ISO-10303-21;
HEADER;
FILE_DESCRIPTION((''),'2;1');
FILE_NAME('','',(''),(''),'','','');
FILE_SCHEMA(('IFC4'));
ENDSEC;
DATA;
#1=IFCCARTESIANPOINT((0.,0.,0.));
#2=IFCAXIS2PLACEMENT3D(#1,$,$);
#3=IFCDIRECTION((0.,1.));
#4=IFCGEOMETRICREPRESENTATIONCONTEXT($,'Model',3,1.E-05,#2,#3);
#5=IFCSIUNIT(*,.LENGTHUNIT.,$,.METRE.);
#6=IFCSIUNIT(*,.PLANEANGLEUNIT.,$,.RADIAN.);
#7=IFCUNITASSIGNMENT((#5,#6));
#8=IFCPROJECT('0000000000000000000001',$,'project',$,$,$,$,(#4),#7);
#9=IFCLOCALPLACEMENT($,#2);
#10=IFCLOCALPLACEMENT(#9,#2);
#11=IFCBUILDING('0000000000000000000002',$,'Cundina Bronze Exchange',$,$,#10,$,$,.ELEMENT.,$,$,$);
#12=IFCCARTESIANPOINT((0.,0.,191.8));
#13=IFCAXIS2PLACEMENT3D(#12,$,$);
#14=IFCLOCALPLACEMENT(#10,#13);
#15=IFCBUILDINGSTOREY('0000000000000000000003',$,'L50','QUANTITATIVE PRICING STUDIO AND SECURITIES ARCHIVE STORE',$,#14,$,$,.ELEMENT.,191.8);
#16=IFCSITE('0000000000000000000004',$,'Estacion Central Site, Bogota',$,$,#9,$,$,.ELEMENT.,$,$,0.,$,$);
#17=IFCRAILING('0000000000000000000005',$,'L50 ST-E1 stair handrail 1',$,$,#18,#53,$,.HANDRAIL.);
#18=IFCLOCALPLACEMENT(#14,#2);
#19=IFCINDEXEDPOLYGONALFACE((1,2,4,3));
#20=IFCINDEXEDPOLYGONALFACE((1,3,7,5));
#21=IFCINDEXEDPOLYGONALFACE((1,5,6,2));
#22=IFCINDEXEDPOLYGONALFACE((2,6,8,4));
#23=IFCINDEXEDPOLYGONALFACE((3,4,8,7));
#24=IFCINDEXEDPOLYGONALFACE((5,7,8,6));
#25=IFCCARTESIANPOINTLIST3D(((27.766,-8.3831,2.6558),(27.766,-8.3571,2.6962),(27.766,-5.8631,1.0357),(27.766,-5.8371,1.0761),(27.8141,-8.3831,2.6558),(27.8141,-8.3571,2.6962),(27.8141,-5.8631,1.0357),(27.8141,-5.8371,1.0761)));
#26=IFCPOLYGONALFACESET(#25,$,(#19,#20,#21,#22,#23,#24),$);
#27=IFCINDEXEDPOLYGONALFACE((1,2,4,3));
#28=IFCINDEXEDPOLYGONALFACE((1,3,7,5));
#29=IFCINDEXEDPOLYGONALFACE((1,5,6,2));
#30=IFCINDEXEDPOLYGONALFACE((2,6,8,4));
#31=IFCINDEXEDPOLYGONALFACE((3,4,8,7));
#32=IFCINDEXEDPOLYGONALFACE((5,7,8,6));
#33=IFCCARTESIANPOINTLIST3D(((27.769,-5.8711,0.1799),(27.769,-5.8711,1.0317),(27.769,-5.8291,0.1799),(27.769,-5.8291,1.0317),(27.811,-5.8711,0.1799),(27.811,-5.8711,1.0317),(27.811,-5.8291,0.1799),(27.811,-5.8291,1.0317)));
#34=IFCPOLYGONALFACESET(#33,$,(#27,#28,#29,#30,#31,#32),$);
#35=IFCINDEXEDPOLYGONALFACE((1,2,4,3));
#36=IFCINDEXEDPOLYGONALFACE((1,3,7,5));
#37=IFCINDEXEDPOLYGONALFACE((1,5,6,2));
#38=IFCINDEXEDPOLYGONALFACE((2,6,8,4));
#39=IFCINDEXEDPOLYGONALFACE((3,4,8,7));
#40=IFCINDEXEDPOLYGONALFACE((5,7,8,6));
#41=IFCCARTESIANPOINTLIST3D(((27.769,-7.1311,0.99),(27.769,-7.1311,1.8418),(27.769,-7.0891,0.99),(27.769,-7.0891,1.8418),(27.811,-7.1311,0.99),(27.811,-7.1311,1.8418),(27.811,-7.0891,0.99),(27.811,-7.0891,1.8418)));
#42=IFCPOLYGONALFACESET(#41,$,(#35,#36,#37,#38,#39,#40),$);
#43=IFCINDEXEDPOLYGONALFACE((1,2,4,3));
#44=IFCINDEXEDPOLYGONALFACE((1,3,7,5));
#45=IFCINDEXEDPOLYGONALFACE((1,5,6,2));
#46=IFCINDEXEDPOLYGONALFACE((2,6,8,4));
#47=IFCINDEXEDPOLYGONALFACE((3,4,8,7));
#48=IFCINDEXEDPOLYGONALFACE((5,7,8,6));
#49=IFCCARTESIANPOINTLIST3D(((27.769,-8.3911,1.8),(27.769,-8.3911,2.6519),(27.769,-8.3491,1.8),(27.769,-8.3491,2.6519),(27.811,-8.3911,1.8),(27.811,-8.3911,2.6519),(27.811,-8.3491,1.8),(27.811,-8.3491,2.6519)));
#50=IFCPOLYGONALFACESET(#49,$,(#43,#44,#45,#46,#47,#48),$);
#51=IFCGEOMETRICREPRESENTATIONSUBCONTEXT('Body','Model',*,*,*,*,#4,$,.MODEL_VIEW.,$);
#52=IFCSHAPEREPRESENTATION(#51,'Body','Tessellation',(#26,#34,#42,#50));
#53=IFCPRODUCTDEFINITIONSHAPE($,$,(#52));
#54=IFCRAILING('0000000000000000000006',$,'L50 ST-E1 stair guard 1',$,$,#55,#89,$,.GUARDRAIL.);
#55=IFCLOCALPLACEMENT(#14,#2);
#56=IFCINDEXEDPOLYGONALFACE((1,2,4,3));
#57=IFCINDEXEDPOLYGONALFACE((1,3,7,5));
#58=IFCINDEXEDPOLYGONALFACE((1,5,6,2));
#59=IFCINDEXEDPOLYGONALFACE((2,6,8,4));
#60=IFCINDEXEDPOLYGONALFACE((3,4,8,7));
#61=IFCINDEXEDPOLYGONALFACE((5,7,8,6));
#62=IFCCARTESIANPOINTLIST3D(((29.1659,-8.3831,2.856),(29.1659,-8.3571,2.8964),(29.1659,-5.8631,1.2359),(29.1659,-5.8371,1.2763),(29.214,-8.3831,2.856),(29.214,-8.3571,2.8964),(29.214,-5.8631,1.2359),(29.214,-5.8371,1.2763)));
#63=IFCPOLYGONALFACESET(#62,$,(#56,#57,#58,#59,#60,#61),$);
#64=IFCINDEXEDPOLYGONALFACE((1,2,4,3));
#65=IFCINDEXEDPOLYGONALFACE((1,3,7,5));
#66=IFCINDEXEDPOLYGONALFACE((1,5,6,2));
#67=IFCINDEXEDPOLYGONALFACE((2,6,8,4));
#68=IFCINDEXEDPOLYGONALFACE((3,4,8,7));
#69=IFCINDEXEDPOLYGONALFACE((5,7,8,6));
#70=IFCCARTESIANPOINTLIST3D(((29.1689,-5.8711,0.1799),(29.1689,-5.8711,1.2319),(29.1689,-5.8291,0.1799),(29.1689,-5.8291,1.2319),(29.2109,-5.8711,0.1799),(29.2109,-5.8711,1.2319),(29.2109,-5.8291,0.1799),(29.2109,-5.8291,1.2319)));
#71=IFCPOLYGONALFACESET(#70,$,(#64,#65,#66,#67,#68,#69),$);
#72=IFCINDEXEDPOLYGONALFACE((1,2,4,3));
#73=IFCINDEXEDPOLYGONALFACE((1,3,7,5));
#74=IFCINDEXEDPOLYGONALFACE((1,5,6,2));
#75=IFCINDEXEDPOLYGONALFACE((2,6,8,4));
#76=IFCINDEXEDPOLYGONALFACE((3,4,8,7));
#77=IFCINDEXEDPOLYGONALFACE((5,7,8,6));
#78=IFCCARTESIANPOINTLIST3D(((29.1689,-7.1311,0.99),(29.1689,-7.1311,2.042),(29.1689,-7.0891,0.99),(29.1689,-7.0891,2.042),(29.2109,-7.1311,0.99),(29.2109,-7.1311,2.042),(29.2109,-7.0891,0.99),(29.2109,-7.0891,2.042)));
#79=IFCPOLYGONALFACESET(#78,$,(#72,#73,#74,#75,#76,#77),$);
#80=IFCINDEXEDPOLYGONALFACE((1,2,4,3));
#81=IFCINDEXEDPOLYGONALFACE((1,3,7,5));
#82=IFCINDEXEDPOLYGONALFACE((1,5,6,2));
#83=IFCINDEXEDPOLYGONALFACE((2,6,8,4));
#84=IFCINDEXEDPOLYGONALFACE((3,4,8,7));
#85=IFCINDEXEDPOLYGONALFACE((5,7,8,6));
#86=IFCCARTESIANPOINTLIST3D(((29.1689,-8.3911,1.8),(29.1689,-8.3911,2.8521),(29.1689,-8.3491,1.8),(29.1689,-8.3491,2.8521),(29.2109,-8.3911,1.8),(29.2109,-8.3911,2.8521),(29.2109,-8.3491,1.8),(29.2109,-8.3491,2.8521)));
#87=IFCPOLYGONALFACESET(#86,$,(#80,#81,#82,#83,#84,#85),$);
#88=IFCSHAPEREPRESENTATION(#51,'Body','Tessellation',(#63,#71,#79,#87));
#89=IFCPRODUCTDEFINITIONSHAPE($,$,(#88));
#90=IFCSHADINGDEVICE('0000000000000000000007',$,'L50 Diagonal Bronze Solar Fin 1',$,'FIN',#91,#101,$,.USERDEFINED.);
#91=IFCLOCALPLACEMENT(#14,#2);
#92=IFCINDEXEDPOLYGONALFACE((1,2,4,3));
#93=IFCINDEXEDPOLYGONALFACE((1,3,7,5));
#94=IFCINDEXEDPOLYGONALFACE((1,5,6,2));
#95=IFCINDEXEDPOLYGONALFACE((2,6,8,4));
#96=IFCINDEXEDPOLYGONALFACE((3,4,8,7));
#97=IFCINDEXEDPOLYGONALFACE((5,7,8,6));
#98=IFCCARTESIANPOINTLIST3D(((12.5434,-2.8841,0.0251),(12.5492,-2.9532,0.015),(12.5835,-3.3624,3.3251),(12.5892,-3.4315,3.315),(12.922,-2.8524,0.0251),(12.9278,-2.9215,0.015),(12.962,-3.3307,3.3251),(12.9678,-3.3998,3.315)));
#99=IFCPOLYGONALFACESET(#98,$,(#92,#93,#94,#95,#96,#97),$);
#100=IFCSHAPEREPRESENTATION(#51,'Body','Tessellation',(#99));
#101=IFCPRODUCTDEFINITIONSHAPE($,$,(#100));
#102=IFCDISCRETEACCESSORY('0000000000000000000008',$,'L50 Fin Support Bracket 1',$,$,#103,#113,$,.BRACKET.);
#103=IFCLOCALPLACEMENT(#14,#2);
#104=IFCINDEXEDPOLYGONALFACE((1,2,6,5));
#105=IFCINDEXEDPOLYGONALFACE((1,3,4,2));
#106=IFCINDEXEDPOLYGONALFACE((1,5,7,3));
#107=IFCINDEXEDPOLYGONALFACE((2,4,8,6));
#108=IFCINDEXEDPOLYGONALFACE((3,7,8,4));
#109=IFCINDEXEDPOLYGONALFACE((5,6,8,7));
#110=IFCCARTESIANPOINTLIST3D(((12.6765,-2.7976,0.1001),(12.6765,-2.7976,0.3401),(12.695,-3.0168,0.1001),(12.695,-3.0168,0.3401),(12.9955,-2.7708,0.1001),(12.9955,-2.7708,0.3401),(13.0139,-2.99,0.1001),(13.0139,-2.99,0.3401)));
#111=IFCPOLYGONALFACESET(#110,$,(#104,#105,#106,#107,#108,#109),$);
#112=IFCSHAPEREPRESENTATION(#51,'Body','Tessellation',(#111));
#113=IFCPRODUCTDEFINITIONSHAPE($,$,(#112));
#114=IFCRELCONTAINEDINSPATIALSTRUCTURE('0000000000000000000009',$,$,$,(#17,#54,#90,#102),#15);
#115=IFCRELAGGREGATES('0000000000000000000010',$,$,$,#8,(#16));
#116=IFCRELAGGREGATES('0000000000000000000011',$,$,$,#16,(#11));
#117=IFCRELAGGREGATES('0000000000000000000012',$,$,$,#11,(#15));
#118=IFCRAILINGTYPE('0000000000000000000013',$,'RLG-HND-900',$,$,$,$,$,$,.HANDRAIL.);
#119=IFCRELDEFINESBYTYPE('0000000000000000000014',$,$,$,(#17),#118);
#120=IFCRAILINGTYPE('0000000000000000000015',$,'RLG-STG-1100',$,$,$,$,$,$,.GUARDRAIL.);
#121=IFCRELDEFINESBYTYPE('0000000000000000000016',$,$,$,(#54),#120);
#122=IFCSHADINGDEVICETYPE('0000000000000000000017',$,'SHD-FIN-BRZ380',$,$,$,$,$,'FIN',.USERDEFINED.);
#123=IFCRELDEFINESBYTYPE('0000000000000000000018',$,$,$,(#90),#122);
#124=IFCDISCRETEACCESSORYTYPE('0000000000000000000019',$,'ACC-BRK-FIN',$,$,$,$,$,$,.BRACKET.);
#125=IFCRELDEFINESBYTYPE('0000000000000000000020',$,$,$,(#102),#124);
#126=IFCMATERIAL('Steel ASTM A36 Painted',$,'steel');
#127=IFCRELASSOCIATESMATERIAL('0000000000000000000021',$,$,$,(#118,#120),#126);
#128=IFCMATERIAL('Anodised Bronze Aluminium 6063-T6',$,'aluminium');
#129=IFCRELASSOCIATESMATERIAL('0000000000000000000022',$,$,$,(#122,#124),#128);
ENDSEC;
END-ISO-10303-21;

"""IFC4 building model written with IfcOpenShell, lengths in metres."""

from ifc_helpers import new_model, si_unit, direction, frame, origin, origin_2d, place, context, subcontext, project, spatial, rectangle, extrude, material, material_profile, profile_set, type_object, element, save


model = new_model("IFC4")

# Units and contexts
model_context = context("Model", 3, precision=1e-05, world=origin(), true_north=direction((0.0, 1.0)))
body_context = subcontext(model_context, "Body", "Model", "MODEL_VIEW")
ifc_project = project(units=[si_unit("LENGTHUNIT", "METRE"), si_unit("PLANEANGLEUNIT", "RADIAN")], contexts=[model_context])

# Site, building, storey
site_placement = place(None, origin())
site = spatial("IfcSite", under=ifc_project, at=site_placement, Name="Estacion Central Site, Bogota", CompositionType="ELEMENT", RefElevation=0.0)
building_placement = place(site_placement, origin())
building = spatial("IfcBuilding", under=site, at=building_placement, Name="Cundina Bronze Exchange", CompositionType="ELEMENT")
storey_placement = place(building_placement, frame((0.0, 0.0, 191.8)))
storey = spatial("IfcBuildingStorey", under=building, at=storey_placement, Name="L50", Description="QUANTITATIVE PRICING STUDIO AND SECURITIES ARCHIVE STORE", CompositionType="ELEMENT", Elevation=191.8)

# Shared definitions
ifc_material_1 = material(Name="Anodised Bronze Aluminium 6063-T6", Category="aluminium")

# Shared definitions
ifc_material_2 = material(Name="Steel ASTM A36 Painted", Category="steel")

# Railings
railing_type_1 = type_object("IfcRailingType", Name="RLG-HND-900", PredefinedType="HANDRAIL", material=ifc_material_2)
railing_1_placement = place(storey_placement, frame((27.79, -5.8501, 0.1799)))
element("IfcRailing", 1, at=railing_1_placement, inside=storey, type_object=railing_type_1, Name="L50 ST-E1 stair handrail 1", PredefinedType="HANDRAIL", context=body_context, shape_type="SweptSolid", body=[
    extrude(rectangle(XDim=0.0481, YDim=0.0481, at=origin_2d()), frame((0.0, 0.0, 0.876), z_axis=(0.0, -0.841163, 0.540782), x_axis=(1.0, 0.0, 0.0)), (0.0, 0.0, 1.0), 2.9958),
    extrude(rectangle(XDim=0.042, YDim=0.042, at=origin_2d()), origin(), (0.0, 0.0, 1.0), 0.8518),
    extrude(rectangle(XDim=0.042, YDim=0.042, at=origin_2d()), frame((0.0, -1.26, 0.8101)), (0.0, 0.0, 1.0), 0.8518),
    extrude(rectangle(XDim=0.042, YDim=0.042, at=origin_2d()), frame((0.0, -2.52, 1.6201)), (0.0, 0.0, 1.0), 0.8518),
])
railing_type_2 = type_object("IfcRailingType", Name="RLG-STG-1100", PredefinedType="GUARDRAIL", material=ifc_material_2)
railing_2_placement = place(storey_placement, frame((29.1899, -5.8501, 0.1799)))
element("IfcRailing", 2, at=railing_2_placement, inside=storey, type_object=railing_type_2, Name="L50 ST-E1 stair guard 1", PredefinedType="GUARDRAIL", context=body_context, shape_type="SweptSolid", body=[
    extrude(rectangle(XDim=0.0481, YDim=0.0481, at=origin_2d()), frame((0.0, 0.0, 1.0762), z_axis=(0.0, -0.841163, 0.540782), x_axis=(1.0, 0.0, 0.0)), (0.0, 0.0, 1.0), 2.9958),
    extrude(rectangle(XDim=0.042, YDim=0.042, at=origin_2d()), origin(), (0.0, 0.0, 1.0), 1.052),
    extrude(rectangle(XDim=0.042, YDim=0.042, at=origin_2d()), frame((0.0, -1.26, 0.8101)), (0.0, 0.0, 1.0), 1.052),
    extrude(rectangle(XDim=0.042, YDim=0.042, at=origin_2d()), frame((0.0, -2.52, 1.6201)), (0.0, 0.0, 1.0), 1.052),
])

# Shading device
ifc_material_profile_1 = material_profile(ifc_material_1, rectangle(XDim=0.0701, YDim=0.3799, at=origin_2d()), Name="FIN70X380", Category="aluminium")
ifc_profile_set_1 = profile_set([ifc_material_profile_1], Name="Anodised Bronze Aluminium 6063-T6")
shading_device_type = type_object("IfcShadingDeviceType", Name="SHD-FIN-BRZ380", ElementType="FIN", PredefinedType="USERDEFINED", material=ifc_profile_set_1)
shading_device_placement = place(storey_placement, frame((12.7356, -2.9028, 0.02), z_axis=(0.012007, -0.14342, 0.989589), x_axis=(-0.082556, 0.98614, 0.143921)))
element("IfcShadingDevice", 3, at=shading_device_placement, inside=storey, type_object=shading_device_type, Name="L50 Diagonal Bronze Solar Fin 1", ObjectType="FIN", PredefinedType="USERDEFINED", context=body_context, shape_type="SweptSolid", body=[
    extrude(rectangle(XDim=0.0701, YDim=0.3799, at=origin_2d()), origin(), (0.0, 0.0, 1.0), 3.3347),
])

# Discrete accessory
discrete_accessory_type = type_object("IfcDiscreteAccessoryType", Name="ACC-BRK-FIN", PredefinedType="BRACKET", material=ifc_material_1)
discrete_accessory_placement = place(storey_placement, frame((12.8452, -2.8938, 0.1001), z_axis=(0.0, 0.0, 1.0), x_axis=(0.083747, -0.996487, 0.0)))
element("IfcDiscreteAccessory", 4, at=discrete_accessory_placement, inside=storey, type_object=discrete_accessory_type, Name="L50 Fin Support Bracket 1", PredefinedType="BRACKET", context=body_context, shape_type="SweptSolid", body=[
    extrude(rectangle(XDim=0.22, YDim=0.3201, at=origin_2d()), origin(), (0.0, 0.0, 1.0), 0.24),
])

save(model, "model.ifc")
